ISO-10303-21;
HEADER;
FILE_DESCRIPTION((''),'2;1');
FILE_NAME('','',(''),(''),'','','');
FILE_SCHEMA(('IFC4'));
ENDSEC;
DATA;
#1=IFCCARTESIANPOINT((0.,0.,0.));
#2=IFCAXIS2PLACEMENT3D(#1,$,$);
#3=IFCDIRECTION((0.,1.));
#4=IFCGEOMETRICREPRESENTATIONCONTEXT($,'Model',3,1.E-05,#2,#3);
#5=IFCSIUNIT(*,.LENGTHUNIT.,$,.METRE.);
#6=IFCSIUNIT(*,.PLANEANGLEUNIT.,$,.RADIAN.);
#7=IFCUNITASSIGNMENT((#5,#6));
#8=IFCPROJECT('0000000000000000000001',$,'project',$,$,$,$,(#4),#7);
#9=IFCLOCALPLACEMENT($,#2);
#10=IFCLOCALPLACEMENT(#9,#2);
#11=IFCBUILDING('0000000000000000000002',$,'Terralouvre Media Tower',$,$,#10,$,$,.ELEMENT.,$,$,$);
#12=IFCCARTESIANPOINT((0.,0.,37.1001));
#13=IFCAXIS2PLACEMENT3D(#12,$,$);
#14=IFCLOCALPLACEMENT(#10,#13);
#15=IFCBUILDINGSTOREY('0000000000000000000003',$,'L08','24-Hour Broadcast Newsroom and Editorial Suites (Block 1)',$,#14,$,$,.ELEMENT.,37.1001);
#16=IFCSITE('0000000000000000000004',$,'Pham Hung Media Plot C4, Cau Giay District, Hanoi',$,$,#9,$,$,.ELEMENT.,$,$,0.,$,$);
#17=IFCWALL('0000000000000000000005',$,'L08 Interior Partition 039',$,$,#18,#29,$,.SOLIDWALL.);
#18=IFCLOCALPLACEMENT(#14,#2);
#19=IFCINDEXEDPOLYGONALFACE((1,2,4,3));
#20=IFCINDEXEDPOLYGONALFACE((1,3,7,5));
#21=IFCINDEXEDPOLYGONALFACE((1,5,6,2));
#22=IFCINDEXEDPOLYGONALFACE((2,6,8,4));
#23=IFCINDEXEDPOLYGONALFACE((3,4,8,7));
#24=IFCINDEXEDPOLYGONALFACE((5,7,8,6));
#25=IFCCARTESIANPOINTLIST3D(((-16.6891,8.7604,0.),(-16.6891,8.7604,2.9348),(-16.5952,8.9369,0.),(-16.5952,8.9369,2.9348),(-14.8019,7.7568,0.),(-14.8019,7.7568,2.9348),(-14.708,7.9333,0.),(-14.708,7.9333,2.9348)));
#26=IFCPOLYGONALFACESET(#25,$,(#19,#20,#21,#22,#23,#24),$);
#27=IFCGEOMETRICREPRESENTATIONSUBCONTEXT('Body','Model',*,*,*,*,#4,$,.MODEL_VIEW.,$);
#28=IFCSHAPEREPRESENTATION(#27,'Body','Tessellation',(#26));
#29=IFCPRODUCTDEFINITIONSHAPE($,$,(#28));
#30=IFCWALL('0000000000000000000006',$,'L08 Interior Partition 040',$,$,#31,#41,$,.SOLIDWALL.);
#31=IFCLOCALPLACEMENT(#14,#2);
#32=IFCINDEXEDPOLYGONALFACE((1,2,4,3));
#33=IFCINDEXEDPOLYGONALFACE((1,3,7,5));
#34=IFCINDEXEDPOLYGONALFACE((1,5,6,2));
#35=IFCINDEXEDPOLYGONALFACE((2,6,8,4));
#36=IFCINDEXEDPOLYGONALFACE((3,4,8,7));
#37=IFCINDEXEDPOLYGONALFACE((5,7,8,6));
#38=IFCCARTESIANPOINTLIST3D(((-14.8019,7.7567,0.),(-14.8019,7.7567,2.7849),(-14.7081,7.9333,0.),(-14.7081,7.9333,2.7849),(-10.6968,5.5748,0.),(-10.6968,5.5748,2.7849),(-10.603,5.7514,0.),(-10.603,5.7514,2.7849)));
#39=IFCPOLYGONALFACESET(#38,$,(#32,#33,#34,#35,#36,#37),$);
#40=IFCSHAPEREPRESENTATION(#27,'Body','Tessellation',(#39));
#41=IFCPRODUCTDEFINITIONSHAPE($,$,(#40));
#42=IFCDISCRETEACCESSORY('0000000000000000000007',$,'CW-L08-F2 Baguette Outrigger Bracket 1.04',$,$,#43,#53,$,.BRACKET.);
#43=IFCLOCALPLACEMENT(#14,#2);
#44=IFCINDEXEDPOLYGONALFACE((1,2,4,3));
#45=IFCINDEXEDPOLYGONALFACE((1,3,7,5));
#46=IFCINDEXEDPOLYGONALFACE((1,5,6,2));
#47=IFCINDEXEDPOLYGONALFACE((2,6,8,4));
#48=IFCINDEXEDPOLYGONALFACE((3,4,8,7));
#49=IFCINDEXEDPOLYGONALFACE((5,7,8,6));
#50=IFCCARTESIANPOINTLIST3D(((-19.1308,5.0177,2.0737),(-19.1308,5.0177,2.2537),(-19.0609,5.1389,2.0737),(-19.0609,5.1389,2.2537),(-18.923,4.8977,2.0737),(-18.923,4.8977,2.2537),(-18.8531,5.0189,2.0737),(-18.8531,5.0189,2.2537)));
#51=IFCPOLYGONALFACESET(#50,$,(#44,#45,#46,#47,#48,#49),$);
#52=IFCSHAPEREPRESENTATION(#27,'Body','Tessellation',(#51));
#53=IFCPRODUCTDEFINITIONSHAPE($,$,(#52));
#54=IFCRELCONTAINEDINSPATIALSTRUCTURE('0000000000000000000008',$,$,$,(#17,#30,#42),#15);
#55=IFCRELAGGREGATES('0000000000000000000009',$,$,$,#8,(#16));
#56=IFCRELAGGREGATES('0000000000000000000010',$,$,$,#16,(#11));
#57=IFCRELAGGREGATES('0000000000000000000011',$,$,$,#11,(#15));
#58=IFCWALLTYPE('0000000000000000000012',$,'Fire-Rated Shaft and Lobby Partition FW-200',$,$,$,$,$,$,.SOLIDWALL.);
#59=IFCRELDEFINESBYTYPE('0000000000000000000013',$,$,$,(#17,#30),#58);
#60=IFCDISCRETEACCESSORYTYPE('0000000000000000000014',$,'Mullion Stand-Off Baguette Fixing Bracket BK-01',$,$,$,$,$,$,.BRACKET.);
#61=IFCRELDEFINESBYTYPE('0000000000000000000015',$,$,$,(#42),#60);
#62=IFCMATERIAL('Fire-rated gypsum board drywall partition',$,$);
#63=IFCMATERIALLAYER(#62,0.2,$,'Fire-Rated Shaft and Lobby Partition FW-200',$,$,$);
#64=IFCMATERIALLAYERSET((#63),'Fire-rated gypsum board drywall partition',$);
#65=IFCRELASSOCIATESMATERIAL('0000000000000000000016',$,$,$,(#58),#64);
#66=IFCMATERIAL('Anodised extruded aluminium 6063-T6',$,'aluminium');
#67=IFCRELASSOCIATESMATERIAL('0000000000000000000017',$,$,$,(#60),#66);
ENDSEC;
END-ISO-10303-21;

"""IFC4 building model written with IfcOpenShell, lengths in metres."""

from ifc_helpers import new_model, si_unit, direction, frame, frame_2d, origin, origin_2d, place, context, subcontext, project, spatial, rectangle, extrude, material, layer, layer_set, type_object, element, save


model = new_model("IFC4")

# Units and contexts
model_context = context("Model", 3, precision=1e-05, world=origin(), true_north=direction((0.0, 1.0)))
body_context = subcontext(model_context, "Body", "Model", "MODEL_VIEW")
ifc_project = project(units=[si_unit("LENGTHUNIT", "METRE"), si_unit("PLANEANGLEUNIT", "RADIAN")], contexts=[model_context])

# Site, building, storey
site_placement = place(None, origin())
site = spatial("IfcSite", under=ifc_project, at=site_placement, Name="Pham Hung Media Plot C4, Cau Giay District, Hanoi", CompositionType="ELEMENT", RefElevation=0.0)
building_placement = place(site_placement, origin())
building = spatial("IfcBuilding", under=site, at=building_placement, Name="Terralouvre Media Tower", CompositionType="ELEMENT")
storey_placement = place(building_placement, frame((0.0, 0.0, 37.1001)))
storey = spatial("IfcBuildingStorey", under=building, at=storey_placement, Name="L08", Description="24-Hour Broadcast Newsroom and Editorial Suites (Block 1)", CompositionType="ELEMENT", Elevation=37.1001)

# Shared definitions
ifc_material_1 = material(Name="Fire-rated gypsum board drywall partition")
ifc_layer_1 = layer(ifc_material_1, 0.2, Name="Fire-Rated Shaft and Lobby Partition FW-200")
ifc_layer_set_1 = layer_set([ifc_layer_1], Name="Fire-rated gypsum board drywall partition")
wall_type_1 = type_object("IfcWallType", Name="Fire-Rated Shaft and Lobby Partition FW-200", PredefinedType="SOLIDWALL", material=ifc_layer_set_1)

# Walls
wall_1_placement = place(storey_placement, frame((-14.7549, 7.845, 0.0), z_axis=(0.0, 0.0, 1.0), x_axis=(-0.882906, 0.46955, 0.0)))
element("IfcWall", 1, at=wall_1_placement, inside=storey, type_object=wall_type_1, Name="L08 Interior Partition 039", PredefinedType="SOLIDWALL", context=body_context, shape_type="SweptSolid", body=[
    extrude(rectangle(XDim=2.1375, YDim=0.2, at=frame_2d((1.0688, 0.0))), origin(), (0.0, 0.0, 1.0), 2.9348),
])
wall_2_placement = place(storey_placement, frame((-10.6499, 5.6631, 0.0), z_axis=(0.0, 0.0, 1.0), x_axis=(-0.883016, 0.469342, 0.0)))
element("IfcWall", 2, at=wall_2_placement, inside=storey, type_object=wall_type_1, Name="L08 Interior Partition 040", PredefinedType="SOLIDWALL", context=body_context, shape_type="SweptSolid", body=[
    extrude(rectangle(XDim=4.6489, YDim=0.2, at=frame_2d((2.3245, 0.0))), origin(), (0.0, 0.0, 1.0), 2.7849),
])

# Discrete accessory
ifc_material_2 = material(Name="Anodised extruded aluminium 6063-T6", Category="aluminium")
discrete_accessory_type = type_object("IfcDiscreteAccessoryType", Name="Mullion Stand-Off Baguette Fixing Bracket BK-01", PredefinedType="BRACKET", material=ifc_material_2)
discrete_accessory_placement = place(storey_placement, frame((-18.9919, 5.0183, 2.0737), z_axis=(0.0, 0.0, 1.0), x_axis=(-0.5, -0.866025, 0.0)))
element("IfcDiscreteAccessory", 3, at=discrete_accessory_placement, inside=storey, type_object=discrete_accessory_type, Name="CW-L08-F2 Baguette Outrigger Bracket 1.04", PredefinedType="BRACKET", context=body_context, shape_type="SweptSolid", body=[
    extrude(rectangle(XDim=0.1399, YDim=0.24, at=origin_2d()), origin(), (0.0, 0.0, 1.0), 0.1799),
])

save(model, "model.ifc")
